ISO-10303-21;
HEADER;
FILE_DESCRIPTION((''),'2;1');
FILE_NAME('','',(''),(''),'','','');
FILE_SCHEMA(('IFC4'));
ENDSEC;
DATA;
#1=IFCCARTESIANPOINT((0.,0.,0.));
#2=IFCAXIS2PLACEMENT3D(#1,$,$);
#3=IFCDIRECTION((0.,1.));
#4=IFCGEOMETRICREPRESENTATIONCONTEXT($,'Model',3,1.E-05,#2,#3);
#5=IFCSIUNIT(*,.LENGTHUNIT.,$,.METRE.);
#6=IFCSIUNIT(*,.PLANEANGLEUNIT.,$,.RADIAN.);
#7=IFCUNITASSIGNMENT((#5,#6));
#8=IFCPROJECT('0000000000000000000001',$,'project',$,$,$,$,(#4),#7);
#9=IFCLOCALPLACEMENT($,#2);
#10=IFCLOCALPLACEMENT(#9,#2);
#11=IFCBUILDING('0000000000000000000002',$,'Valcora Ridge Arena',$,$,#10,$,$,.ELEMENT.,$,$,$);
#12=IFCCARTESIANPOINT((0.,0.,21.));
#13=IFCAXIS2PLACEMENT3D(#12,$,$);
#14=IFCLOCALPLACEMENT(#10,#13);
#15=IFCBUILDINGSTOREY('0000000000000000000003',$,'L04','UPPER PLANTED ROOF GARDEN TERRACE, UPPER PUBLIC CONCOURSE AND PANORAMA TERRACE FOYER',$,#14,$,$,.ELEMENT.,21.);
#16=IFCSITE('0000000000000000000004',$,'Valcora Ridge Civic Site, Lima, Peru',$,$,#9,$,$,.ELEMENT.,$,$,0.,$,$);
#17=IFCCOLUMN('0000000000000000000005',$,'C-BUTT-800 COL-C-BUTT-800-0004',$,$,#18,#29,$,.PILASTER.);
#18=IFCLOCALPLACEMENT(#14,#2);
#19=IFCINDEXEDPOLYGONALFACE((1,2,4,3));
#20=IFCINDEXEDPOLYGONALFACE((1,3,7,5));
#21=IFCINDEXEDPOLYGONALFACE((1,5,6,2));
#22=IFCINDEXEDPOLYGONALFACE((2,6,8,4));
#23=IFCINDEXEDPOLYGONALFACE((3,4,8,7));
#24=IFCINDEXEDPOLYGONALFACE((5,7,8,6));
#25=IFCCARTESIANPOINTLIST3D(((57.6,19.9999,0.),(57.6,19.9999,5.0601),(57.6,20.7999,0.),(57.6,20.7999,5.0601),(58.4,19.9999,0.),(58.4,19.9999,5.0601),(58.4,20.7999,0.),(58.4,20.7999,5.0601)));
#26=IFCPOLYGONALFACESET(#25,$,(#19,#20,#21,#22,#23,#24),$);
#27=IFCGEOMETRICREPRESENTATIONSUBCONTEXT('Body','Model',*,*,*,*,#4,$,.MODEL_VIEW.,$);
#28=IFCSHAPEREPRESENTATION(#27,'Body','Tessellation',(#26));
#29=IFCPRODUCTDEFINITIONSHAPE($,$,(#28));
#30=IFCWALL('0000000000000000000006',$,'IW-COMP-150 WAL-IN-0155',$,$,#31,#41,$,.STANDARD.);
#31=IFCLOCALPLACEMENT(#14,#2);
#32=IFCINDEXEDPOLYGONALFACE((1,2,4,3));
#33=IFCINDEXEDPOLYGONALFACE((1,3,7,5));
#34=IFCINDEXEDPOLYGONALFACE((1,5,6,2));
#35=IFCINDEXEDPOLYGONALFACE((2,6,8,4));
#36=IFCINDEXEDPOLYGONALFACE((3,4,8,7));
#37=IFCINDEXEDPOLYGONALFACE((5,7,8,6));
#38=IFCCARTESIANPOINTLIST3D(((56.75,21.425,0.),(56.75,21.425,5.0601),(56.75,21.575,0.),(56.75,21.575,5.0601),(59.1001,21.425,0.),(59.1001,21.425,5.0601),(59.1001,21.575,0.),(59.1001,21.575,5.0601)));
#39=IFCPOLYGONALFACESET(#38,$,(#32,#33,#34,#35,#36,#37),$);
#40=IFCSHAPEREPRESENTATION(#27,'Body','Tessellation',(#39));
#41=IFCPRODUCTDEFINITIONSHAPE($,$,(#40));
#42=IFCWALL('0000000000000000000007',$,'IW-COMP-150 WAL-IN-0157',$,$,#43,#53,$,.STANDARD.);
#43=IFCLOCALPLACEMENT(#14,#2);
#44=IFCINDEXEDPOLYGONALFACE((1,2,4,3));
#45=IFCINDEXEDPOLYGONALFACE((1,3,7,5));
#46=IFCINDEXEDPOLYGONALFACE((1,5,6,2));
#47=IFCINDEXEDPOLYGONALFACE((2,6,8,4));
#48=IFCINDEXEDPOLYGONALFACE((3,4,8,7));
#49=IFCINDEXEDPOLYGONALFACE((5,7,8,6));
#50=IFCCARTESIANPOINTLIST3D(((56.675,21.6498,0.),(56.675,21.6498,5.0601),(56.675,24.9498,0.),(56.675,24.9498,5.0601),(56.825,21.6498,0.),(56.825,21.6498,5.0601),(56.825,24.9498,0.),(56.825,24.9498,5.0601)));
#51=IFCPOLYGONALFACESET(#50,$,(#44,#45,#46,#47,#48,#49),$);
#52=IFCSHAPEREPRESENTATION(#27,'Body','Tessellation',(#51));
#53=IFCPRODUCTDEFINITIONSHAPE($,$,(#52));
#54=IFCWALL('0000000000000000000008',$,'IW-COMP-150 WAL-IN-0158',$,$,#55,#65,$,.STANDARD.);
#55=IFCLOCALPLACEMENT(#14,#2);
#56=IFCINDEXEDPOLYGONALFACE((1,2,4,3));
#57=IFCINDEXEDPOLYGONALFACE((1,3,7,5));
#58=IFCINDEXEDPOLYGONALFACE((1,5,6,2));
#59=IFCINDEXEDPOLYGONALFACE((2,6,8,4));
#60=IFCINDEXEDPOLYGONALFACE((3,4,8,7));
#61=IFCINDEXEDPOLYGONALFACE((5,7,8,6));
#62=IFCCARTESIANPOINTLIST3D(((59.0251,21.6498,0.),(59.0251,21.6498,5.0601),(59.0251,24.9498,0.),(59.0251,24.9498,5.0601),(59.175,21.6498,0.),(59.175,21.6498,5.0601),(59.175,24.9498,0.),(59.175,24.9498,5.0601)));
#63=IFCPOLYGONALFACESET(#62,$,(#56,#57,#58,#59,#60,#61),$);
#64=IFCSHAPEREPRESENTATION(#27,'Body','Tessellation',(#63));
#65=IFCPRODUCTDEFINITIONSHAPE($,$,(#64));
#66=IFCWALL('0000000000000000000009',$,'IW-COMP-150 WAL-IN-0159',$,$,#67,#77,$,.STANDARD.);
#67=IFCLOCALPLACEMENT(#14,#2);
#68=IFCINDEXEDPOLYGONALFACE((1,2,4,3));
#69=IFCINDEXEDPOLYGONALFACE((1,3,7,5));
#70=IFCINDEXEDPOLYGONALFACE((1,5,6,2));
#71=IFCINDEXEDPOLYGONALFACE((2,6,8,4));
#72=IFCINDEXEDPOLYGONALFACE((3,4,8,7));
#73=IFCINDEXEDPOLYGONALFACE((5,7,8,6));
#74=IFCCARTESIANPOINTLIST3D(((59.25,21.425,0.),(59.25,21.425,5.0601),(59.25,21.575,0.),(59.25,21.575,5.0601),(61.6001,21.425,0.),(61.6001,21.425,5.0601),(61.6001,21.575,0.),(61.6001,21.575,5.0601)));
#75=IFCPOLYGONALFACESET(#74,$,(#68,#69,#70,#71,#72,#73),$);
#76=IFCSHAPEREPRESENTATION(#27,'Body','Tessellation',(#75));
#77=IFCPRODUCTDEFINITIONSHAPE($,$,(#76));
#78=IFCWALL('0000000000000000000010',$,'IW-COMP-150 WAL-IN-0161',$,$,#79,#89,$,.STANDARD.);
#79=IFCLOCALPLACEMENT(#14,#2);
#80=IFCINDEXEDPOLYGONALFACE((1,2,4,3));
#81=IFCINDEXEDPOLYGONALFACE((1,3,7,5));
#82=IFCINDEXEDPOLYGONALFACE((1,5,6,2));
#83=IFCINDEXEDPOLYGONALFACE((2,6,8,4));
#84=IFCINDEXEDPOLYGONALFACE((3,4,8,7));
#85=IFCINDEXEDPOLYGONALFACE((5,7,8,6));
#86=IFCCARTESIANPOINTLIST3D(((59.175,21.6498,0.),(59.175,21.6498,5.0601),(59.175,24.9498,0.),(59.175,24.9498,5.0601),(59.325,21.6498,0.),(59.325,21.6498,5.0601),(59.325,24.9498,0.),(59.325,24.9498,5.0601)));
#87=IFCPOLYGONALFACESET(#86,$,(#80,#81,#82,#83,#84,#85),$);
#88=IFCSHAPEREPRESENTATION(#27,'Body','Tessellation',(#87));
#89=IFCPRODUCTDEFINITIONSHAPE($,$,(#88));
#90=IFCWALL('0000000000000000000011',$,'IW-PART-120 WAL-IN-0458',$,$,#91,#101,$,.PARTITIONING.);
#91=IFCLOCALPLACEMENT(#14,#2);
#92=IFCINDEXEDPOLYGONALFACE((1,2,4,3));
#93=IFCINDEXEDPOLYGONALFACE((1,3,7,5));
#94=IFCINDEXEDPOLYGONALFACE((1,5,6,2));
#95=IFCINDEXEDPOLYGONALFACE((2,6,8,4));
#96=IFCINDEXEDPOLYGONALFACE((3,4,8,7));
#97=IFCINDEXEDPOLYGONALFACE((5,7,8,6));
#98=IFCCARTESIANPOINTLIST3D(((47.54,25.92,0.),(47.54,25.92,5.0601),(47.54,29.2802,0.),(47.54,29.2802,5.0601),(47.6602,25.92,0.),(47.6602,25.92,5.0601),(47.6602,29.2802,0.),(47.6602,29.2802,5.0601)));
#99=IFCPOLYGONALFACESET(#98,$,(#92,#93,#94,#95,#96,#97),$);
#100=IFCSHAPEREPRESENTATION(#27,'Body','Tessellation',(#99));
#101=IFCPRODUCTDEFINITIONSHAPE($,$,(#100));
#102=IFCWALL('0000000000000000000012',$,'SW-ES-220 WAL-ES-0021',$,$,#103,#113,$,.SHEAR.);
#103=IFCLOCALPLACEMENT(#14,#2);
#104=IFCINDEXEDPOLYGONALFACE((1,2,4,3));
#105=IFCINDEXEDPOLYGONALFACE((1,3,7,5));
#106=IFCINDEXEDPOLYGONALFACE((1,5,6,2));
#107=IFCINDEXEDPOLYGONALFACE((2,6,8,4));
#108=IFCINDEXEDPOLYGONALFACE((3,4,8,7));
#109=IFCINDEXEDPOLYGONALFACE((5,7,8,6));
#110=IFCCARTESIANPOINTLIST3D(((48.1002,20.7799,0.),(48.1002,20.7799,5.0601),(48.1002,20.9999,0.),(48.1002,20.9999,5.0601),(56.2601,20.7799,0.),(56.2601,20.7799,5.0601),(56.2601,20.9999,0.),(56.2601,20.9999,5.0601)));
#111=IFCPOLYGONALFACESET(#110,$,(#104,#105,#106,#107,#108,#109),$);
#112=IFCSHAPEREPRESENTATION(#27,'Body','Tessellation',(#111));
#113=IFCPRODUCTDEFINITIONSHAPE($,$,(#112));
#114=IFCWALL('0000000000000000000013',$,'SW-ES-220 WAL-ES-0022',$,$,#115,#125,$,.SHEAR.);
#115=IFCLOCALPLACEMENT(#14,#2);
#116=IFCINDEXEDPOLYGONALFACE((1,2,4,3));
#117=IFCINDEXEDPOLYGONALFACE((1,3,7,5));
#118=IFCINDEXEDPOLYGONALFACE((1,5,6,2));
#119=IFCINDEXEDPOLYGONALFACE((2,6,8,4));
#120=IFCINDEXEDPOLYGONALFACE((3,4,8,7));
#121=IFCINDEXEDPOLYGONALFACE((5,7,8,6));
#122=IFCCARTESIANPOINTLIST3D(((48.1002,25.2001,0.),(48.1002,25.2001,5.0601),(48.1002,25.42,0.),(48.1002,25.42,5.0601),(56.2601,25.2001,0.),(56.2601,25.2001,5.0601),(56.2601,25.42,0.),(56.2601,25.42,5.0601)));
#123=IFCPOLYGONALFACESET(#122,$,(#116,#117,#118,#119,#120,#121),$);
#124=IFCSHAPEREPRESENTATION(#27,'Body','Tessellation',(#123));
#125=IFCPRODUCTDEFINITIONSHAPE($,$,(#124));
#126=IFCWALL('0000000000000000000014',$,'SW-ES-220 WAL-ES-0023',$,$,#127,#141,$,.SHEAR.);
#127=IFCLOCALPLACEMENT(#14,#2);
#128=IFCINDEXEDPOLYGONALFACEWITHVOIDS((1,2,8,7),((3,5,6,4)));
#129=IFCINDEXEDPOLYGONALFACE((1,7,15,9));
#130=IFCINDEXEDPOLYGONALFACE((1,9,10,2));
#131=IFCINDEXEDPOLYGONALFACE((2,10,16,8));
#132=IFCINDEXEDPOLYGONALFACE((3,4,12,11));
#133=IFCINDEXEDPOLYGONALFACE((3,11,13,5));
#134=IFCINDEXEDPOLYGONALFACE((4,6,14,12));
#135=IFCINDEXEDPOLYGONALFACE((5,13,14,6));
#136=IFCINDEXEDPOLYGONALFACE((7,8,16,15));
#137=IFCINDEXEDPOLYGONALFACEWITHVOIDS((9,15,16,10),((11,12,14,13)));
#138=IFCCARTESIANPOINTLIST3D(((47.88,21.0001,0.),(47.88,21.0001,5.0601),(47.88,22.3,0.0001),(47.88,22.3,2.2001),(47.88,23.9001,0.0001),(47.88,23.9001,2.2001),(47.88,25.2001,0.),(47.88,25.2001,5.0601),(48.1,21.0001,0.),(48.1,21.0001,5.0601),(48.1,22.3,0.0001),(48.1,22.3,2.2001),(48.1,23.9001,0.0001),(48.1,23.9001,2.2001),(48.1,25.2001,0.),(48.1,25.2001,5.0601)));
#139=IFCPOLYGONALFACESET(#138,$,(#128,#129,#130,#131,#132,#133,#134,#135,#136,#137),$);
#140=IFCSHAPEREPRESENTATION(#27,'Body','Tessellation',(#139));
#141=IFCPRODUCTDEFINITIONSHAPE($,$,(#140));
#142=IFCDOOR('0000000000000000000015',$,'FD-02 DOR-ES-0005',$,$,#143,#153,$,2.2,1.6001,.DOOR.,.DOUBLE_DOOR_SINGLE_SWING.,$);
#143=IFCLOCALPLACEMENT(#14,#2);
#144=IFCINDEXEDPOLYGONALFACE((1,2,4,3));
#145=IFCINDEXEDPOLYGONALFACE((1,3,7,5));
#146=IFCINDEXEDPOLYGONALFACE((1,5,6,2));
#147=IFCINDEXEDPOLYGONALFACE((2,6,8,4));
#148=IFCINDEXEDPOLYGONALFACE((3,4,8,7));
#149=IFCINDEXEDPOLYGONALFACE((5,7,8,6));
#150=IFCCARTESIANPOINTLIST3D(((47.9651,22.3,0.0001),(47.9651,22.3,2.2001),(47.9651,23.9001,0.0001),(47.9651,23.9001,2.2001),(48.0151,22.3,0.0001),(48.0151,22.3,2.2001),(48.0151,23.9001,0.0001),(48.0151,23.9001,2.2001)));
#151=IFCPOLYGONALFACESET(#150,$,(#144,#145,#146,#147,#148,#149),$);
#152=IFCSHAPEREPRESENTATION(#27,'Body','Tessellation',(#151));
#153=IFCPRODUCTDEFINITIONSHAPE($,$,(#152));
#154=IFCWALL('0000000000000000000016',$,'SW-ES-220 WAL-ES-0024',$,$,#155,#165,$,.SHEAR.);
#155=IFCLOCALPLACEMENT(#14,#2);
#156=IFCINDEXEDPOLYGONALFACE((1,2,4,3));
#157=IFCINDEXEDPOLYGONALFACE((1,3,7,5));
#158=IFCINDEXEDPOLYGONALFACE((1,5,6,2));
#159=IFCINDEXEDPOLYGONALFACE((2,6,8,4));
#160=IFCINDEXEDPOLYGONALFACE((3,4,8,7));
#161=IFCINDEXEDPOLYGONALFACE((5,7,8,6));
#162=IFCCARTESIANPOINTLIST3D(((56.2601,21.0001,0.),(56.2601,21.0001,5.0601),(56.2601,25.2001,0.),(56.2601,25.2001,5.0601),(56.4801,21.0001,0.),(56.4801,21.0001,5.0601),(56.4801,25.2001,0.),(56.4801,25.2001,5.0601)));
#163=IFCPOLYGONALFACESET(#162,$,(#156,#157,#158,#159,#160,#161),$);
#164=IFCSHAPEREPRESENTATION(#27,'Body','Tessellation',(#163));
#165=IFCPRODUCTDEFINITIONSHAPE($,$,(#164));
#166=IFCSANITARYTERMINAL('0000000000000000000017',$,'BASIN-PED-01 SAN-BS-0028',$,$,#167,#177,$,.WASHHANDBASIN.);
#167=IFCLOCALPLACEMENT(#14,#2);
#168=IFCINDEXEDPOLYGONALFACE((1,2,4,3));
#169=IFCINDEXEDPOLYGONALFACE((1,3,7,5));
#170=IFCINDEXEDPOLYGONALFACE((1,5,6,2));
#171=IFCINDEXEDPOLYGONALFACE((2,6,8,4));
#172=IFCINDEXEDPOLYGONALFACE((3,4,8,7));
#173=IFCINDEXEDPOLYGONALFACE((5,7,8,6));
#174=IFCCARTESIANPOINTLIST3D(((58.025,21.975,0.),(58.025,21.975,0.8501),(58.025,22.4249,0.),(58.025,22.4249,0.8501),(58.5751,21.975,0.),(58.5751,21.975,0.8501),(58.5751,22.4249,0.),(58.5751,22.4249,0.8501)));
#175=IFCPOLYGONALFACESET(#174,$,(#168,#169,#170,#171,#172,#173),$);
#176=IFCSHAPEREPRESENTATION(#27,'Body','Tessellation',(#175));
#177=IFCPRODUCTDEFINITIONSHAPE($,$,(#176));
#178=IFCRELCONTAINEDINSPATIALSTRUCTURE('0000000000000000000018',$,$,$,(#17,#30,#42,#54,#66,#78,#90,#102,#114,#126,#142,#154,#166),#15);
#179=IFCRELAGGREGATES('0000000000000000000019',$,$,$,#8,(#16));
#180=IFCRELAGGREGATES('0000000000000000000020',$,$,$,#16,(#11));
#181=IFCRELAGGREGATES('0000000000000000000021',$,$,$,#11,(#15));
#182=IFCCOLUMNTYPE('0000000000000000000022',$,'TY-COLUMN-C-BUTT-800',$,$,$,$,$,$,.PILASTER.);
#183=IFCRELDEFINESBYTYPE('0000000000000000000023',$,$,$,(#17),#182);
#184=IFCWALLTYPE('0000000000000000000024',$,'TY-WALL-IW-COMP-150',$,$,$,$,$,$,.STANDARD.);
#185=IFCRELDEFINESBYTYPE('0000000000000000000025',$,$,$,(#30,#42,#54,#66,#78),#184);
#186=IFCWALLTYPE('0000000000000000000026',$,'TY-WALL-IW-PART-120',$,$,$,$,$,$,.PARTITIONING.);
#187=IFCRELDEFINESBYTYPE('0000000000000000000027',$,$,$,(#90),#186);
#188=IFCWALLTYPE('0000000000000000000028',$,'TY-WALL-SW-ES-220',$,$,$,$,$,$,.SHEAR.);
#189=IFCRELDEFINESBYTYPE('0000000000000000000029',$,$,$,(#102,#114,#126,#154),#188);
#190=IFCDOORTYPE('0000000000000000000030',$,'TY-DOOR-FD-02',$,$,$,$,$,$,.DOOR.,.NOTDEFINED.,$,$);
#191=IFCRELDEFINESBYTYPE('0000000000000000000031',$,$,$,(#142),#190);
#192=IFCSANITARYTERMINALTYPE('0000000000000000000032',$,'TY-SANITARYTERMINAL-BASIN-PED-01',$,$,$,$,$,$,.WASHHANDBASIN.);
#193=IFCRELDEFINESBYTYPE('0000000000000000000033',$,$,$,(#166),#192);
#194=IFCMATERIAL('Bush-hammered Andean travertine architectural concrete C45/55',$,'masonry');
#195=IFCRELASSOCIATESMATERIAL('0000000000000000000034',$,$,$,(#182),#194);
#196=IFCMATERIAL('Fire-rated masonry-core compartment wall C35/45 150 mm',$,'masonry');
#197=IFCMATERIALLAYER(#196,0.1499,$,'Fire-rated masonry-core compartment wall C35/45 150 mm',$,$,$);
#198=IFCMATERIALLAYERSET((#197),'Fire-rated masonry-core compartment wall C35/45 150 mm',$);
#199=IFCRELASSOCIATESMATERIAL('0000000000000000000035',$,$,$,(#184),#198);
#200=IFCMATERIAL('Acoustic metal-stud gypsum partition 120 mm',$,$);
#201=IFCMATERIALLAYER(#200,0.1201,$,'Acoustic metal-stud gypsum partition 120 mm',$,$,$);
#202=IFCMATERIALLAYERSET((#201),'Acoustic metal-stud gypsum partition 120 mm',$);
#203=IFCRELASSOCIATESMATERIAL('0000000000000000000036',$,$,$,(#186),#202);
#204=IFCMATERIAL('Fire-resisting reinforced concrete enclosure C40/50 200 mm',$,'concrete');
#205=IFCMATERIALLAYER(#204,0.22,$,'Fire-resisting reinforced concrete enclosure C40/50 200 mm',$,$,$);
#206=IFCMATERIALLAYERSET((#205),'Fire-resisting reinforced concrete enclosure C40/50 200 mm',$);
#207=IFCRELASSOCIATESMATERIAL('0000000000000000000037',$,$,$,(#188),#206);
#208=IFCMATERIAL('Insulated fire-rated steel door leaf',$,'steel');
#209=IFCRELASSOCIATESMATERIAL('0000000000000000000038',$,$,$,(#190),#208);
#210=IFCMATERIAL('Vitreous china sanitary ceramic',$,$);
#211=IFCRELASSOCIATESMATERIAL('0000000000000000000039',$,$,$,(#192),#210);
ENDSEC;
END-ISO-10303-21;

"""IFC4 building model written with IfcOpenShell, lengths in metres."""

from ifc_helpers import new_model, si_unit, direction, frame, frame_2d, origin, origin_2d, place, context, subcontext, project, spatial, rectangle, extrude, material, layer, layer_set, material_profile, profile_set, type_object, element, fill, save


model = new_model("IFC4")

# Units and contexts
model_context = context("Model", 3, precision=1e-05, world=origin(), true_north=direction((0.0, 1.0)))
body_context = subcontext(model_context, "Body", "Model", "MODEL_VIEW")
ifc_project = project(units=[si_unit("LENGTHUNIT", "METRE"), si_unit("PLANEANGLEUNIT", "RADIAN")], contexts=[model_context])

# Site, building, storey
site_placement = place(None, origin())
site = spatial("IfcSite", under=ifc_project, at=site_placement, Name="Valcora Ridge Civic Site, Lima, Peru", CompositionType="ELEMENT", RefElevation=0.0)
building_placement = place(site_placement, origin())
building = spatial("IfcBuilding", under=site, at=building_placement, Name="Valcora Ridge Arena", CompositionType="ELEMENT")
storey_placement = place(building_placement, frame((0.0, 0.0, 21.0)))
storey = spatial("IfcBuildingStorey", under=building, at=storey_placement, Name="L04", Description="UPPER PLANTED ROOF GARDEN TERRACE, UPPER PUBLIC CONCOURSE AND PANORAMA TERRACE FOYER", CompositionType="ELEMENT", Elevation=21.0)

# Column
ifc_material_1 = material(Name="Bush-hammered Andean travertine architectural concrete C45/55", Category="masonry")
ifc_material_profile = material_profile(ifc_material_1, rectangle(XDim=0.8, YDim=0.8, at=origin_2d()), Name="RC 800x800")
ifc_profile_set = profile_set([ifc_material_profile], Name="Bush-hammered Andean travertine architectural concrete C45/55")
column_type = type_object("IfcColumnType", Name="TY-COLUMN-C-BUTT-800", PredefinedType="PILASTER", material=ifc_profile_set)
column_placement = place(storey_placement, frame((58.0, 20.3999, 0.0), z_axis=(0.0, 0.0, 1.0), x_axis=(1.0, 0.0, 0.0)))
element("IfcColumn", 1, at=column_placement, inside=storey, type_object=column_type, Name="C-BUTT-800 COL-C-BUTT-800-0004", PredefinedType="PILASTER", context=body_context, shape_type="SweptSolid", body=[
    extrude(rectangle(XDim=0.8, YDim=0.8, at=origin_2d()), origin(), (0.0, 0.0, 1.0), 5.0601),
])

# Wall
ifc_material_2 = material(Name="Fire-rated masonry-core compartment wall C35/45 150 mm", Category="masonry")
ifc_layer_1 = layer(ifc_material_2, 0.1499, Name="Fire-rated masonry-core compartment wall C35/45 150 mm")
ifc_layer_set_1 = layer_set([ifc_layer_1], Name="Fire-rated masonry-core compartment wall C35/45 150 mm")
wall_type_1 = type_object("IfcWallType", Name="TY-WALL-IW-COMP-150", PredefinedType="STANDARD", material=ifc_layer_set_1)
wall_1_placement = place(storey_placement, frame((56.75, 21.5, 0.0), z_axis=(0.0, 0.0, 1.0), x_axis=(1.0, 0.0, 0.0)))
element("IfcWall", 2, at=wall_1_placement, inside=storey, type_object=wall_type_1, Name="IW-COMP-150 WAL-IN-0155", PredefinedType="STANDARD", context=body_context, shape_type="SweptSolid", body=[
    extrude(rectangle(XDim=2.3501, YDim=0.1499, at=frame_2d((1.175, 0.0))), origin(), (0.0, 0.0, 1.0), 5.0601),
])

# Shared definitions
ifc_material_3 = material(Name="Insulated fire-rated steel door leaf", Category="steel")

# Walls
for number, where, z_axis, x_axis, name in (
    (3, (56.75, 21.6499, 0.0), (0.0, 0.0, 1.0), (0.0, 1.0, 0.0), "IW-COMP-150 WAL-IN-0157"),
    (4, (59.1001, 21.6499, 0.0), (0.0, 0.0, 1.0), (0.0, 1.0, 0.0), "IW-COMP-150 WAL-IN-0158"),
):
    element("IfcWall", number, at=place(storey_placement, frame(where, z_axis=z_axis, x_axis=x_axis)), inside=storey, type_object=wall_type_1, Name=name, PredefinedType="STANDARD", context=body_context, shape_type="SweptSolid", body=[
        extrude(rectangle(XDim=3.3, YDim=0.1499, at=frame_2d((1.6499, 0.0))), origin(), (0.0, 0.0, 1.0), 5.0601),
    ])
wall_2_placement = place(storey_placement, frame((59.25, 21.5, 0.0), z_axis=(0.0, 0.0, 1.0), x_axis=(1.0, 0.0, 0.0)))
element("IfcWall", 5, at=wall_2_placement, inside=storey, type_object=wall_type_1, Name="IW-COMP-150 WAL-IN-0159", PredefinedType="STANDARD", context=body_context, shape_type="SweptSolid", body=[
    extrude(rectangle(XDim=2.3501, YDim=0.1499, at=frame_2d((1.175, 0.0))), origin(), (0.0, 0.0, 1.0), 5.0601),
])

# Walls
wall_3_placement = place(storey_placement, frame((59.25, 21.6499, 0.0), z_axis=(0.0, 0.0, 1.0), x_axis=(0.0, 1.0, 0.0)))
element("IfcWall", 6, at=wall_3_placement, inside=storey, type_object=wall_type_1, Name="IW-COMP-150 WAL-IN-0161", PredefinedType="STANDARD", context=body_context, shape_type="SweptSolid", body=[
    extrude(rectangle(XDim=3.3, YDim=0.1499, at=frame_2d((1.6499, 0.0))), origin(), (0.0, 0.0, 1.0), 5.0601),
])
ifc_material_4 = material(Name="Acoustic metal-stud gypsum partition 120 mm")
ifc_layer_2 = layer(ifc_material_4, 0.1201, Name="Acoustic metal-stud gypsum partition 120 mm")
ifc_layer_set_2 = layer_set([ifc_layer_2], Name="Acoustic metal-stud gypsum partition 120 mm")
wall_type_2 = type_object("IfcWallType", Name="TY-WALL-IW-PART-120", PredefinedType="PARTITIONING", material=ifc_layer_set_2)
wall_4_placement = place(storey_placement, frame((47.6001, 25.9199, 0.0), z_axis=(0.0, 0.0, 1.0), x_axis=(0.0, 1.0, 0.0)))
element("IfcWall", 7, at=wall_4_placement, inside=storey, type_object=wall_type_2, Name="IW-PART-120 WAL-IN-0458", PredefinedType="PARTITIONING", context=body_context, shape_type="SweptSolid", body=[
    extrude(rectangle(XDim=3.3601, YDim=0.1201, at=frame_2d((1.6802, 0.0))), origin(), (0.0, 0.0, 1.0), 5.0601),
])
ifc_material_5 = material(Name="Fire-resisting reinforced concrete enclosure C40/50 200 mm", Category="concrete")
ifc_layer_3 = layer(ifc_material_5, 0.22, Name="Fire-resisting reinforced concrete enclosure C40/50 200 mm")
ifc_layer_set_3 = layer_set([ifc_layer_3], Name="Fire-resisting reinforced concrete enclosure C40/50 200 mm")
wall_type_3 = type_object("IfcWallType", Name="TY-WALL-SW-ES-220", PredefinedType="SHEAR", material=ifc_layer_set_3)
for number, where, z_axis, x_axis, name in (
    (8, (48.1001, 20.8899, 0.0), (0.0, 0.0, 1.0), (1.0, 0.0, 0.0), "SW-ES-220 WAL-ES-0021"),
    (9, (48.1001, 25.3101, 0.0), (0.0, 0.0, 1.0), (1.0, 0.0, 0.0), "SW-ES-220 WAL-ES-0022"),
):
    element("IfcWall", number, at=place(storey_placement, frame(where, z_axis=z_axis, x_axis=x_axis)), inside=storey, type_object=wall_type_3, Name=name, PredefinedType="SHEAR", context=body_context, shape_type="SweptSolid", body=[
        extrude(rectangle(XDim=8.1599, YDim=0.22, at=frame_2d((4.0801, 0.0))), origin(), (0.0, 0.0, 1.0), 5.0601),
    ])

# Wall, opening, door
wall_5_placement = place(storey_placement, frame((47.99, 21.0, 0.0), z_axis=(0.0, 0.0, 1.0), x_axis=(0.0, 1.0, 0.0)))
wall_5 = element("IfcWall", 10, at=wall_5_placement, inside=storey, type_object=wall_type_3, Name="SW-ES-220 WAL-ES-0023", PredefinedType="SHEAR", context=body_context, shape_type="SweptSolid", body=[
    extrude(rectangle(XDim=4.2, YDim=0.22, at=frame_2d((2.1001, 0.0))), origin(), (0.0, 0.0, 1.0), 5.0601),
])
opening_1_placement = place(wall_5_placement, frame((1.3, 0.0, 0.0)))
opening_1 = element("IfcOpeningElement", 11, at=opening_1_placement, cuts=wall_5, PredefinedType="OPENING", context=body_context, shape_type="SweptSolid", body=[
    extrude(rectangle(XDim=1.6001, YDim=2.2, at=frame_2d((0.8, 1.1001))), frame((0.0, 0.1199, 0.0), z_axis=(0.0, -1.0, 0.0), x_axis=(1.0, 0.0, 0.0)), (0.0, 0.0, 1.0), 0.24),
])
door_type_1 = type_object("IfcDoorType", Name="TY-DOOR-FD-02", OperationType="NOTDEFINED", PredefinedType="DOOR", material=ifc_material_3)
door_1_placement = place(opening_1_placement, origin())
door_1 = element("IfcDoor", 12, at=door_1_placement, inside=storey, type_object=door_type_1, Name="FD-02 DOR-ES-0005", OperationType="DOUBLE_DOOR_SINGLE_SWING", OverallHeight=2.2, OverallWidth=1.6001, PredefinedType="DOOR", context=body_context, shape_type="SweptSolid", body=[
    extrude(rectangle(XDim=1.6001, YDim=2.2, at=frame_2d((0.8, 1.1001))), frame((0.0, 0.0249, 0.0), z_axis=(0.0, -1.0, 0.0), x_axis=(1.0, 0.0, 0.0)), (0.0, 0.0, 1.0), 0.05),
])
fill(opening_1, door_1)

# Wall
wall_6_placement = place(storey_placement, frame((56.3701, 21.0, 0.0), z_axis=(0.0, 0.0, 1.0), x_axis=(0.0, 1.0, 0.0)))
element("IfcWall", 13, at=wall_6_placement, inside=storey, type_object=wall_type_3, Name="SW-ES-220 WAL-ES-0024", PredefinedType="SHEAR", context=body_context, shape_type="SweptSolid", body=[
    extrude(rectangle(XDim=4.2, YDim=0.22, at=frame_2d((2.1001, 0.0))), origin(), (0.0, 0.0, 1.0), 5.0601),
])

# Sanitary terminal
ifc_material_6 = material(Name="Vitreous china sanitary ceramic")
sanitary_terminal_type_1 = type_object("IfcSanitaryTerminalType", Name="TY-SANITARYTERMINAL-BASIN-PED-01", PredefinedType="WASHHANDBASIN", material=ifc_material_6)
sanitary_terminal_placement = place(storey_placement, frame((58.3, 22.2, 0.0), z_axis=(0.0, 0.0, 1.0), x_axis=(1.0, 0.0, 0.0)))
element("IfcSanitaryTerminal", 14, at=sanitary_terminal_placement, inside=storey, type_object=sanitary_terminal_type_1, Name="BASIN-PED-01 SAN-BS-0028", PredefinedType="WASHHANDBASIN", context=body_context, shape_type="SweptSolid", body=[
    extrude(rectangle(XDim=0.55, YDim=0.45, at=origin_2d()), origin(), (0.0, 0.0, 1.0), 0.8501),
])

save(model, "model.ifc")
